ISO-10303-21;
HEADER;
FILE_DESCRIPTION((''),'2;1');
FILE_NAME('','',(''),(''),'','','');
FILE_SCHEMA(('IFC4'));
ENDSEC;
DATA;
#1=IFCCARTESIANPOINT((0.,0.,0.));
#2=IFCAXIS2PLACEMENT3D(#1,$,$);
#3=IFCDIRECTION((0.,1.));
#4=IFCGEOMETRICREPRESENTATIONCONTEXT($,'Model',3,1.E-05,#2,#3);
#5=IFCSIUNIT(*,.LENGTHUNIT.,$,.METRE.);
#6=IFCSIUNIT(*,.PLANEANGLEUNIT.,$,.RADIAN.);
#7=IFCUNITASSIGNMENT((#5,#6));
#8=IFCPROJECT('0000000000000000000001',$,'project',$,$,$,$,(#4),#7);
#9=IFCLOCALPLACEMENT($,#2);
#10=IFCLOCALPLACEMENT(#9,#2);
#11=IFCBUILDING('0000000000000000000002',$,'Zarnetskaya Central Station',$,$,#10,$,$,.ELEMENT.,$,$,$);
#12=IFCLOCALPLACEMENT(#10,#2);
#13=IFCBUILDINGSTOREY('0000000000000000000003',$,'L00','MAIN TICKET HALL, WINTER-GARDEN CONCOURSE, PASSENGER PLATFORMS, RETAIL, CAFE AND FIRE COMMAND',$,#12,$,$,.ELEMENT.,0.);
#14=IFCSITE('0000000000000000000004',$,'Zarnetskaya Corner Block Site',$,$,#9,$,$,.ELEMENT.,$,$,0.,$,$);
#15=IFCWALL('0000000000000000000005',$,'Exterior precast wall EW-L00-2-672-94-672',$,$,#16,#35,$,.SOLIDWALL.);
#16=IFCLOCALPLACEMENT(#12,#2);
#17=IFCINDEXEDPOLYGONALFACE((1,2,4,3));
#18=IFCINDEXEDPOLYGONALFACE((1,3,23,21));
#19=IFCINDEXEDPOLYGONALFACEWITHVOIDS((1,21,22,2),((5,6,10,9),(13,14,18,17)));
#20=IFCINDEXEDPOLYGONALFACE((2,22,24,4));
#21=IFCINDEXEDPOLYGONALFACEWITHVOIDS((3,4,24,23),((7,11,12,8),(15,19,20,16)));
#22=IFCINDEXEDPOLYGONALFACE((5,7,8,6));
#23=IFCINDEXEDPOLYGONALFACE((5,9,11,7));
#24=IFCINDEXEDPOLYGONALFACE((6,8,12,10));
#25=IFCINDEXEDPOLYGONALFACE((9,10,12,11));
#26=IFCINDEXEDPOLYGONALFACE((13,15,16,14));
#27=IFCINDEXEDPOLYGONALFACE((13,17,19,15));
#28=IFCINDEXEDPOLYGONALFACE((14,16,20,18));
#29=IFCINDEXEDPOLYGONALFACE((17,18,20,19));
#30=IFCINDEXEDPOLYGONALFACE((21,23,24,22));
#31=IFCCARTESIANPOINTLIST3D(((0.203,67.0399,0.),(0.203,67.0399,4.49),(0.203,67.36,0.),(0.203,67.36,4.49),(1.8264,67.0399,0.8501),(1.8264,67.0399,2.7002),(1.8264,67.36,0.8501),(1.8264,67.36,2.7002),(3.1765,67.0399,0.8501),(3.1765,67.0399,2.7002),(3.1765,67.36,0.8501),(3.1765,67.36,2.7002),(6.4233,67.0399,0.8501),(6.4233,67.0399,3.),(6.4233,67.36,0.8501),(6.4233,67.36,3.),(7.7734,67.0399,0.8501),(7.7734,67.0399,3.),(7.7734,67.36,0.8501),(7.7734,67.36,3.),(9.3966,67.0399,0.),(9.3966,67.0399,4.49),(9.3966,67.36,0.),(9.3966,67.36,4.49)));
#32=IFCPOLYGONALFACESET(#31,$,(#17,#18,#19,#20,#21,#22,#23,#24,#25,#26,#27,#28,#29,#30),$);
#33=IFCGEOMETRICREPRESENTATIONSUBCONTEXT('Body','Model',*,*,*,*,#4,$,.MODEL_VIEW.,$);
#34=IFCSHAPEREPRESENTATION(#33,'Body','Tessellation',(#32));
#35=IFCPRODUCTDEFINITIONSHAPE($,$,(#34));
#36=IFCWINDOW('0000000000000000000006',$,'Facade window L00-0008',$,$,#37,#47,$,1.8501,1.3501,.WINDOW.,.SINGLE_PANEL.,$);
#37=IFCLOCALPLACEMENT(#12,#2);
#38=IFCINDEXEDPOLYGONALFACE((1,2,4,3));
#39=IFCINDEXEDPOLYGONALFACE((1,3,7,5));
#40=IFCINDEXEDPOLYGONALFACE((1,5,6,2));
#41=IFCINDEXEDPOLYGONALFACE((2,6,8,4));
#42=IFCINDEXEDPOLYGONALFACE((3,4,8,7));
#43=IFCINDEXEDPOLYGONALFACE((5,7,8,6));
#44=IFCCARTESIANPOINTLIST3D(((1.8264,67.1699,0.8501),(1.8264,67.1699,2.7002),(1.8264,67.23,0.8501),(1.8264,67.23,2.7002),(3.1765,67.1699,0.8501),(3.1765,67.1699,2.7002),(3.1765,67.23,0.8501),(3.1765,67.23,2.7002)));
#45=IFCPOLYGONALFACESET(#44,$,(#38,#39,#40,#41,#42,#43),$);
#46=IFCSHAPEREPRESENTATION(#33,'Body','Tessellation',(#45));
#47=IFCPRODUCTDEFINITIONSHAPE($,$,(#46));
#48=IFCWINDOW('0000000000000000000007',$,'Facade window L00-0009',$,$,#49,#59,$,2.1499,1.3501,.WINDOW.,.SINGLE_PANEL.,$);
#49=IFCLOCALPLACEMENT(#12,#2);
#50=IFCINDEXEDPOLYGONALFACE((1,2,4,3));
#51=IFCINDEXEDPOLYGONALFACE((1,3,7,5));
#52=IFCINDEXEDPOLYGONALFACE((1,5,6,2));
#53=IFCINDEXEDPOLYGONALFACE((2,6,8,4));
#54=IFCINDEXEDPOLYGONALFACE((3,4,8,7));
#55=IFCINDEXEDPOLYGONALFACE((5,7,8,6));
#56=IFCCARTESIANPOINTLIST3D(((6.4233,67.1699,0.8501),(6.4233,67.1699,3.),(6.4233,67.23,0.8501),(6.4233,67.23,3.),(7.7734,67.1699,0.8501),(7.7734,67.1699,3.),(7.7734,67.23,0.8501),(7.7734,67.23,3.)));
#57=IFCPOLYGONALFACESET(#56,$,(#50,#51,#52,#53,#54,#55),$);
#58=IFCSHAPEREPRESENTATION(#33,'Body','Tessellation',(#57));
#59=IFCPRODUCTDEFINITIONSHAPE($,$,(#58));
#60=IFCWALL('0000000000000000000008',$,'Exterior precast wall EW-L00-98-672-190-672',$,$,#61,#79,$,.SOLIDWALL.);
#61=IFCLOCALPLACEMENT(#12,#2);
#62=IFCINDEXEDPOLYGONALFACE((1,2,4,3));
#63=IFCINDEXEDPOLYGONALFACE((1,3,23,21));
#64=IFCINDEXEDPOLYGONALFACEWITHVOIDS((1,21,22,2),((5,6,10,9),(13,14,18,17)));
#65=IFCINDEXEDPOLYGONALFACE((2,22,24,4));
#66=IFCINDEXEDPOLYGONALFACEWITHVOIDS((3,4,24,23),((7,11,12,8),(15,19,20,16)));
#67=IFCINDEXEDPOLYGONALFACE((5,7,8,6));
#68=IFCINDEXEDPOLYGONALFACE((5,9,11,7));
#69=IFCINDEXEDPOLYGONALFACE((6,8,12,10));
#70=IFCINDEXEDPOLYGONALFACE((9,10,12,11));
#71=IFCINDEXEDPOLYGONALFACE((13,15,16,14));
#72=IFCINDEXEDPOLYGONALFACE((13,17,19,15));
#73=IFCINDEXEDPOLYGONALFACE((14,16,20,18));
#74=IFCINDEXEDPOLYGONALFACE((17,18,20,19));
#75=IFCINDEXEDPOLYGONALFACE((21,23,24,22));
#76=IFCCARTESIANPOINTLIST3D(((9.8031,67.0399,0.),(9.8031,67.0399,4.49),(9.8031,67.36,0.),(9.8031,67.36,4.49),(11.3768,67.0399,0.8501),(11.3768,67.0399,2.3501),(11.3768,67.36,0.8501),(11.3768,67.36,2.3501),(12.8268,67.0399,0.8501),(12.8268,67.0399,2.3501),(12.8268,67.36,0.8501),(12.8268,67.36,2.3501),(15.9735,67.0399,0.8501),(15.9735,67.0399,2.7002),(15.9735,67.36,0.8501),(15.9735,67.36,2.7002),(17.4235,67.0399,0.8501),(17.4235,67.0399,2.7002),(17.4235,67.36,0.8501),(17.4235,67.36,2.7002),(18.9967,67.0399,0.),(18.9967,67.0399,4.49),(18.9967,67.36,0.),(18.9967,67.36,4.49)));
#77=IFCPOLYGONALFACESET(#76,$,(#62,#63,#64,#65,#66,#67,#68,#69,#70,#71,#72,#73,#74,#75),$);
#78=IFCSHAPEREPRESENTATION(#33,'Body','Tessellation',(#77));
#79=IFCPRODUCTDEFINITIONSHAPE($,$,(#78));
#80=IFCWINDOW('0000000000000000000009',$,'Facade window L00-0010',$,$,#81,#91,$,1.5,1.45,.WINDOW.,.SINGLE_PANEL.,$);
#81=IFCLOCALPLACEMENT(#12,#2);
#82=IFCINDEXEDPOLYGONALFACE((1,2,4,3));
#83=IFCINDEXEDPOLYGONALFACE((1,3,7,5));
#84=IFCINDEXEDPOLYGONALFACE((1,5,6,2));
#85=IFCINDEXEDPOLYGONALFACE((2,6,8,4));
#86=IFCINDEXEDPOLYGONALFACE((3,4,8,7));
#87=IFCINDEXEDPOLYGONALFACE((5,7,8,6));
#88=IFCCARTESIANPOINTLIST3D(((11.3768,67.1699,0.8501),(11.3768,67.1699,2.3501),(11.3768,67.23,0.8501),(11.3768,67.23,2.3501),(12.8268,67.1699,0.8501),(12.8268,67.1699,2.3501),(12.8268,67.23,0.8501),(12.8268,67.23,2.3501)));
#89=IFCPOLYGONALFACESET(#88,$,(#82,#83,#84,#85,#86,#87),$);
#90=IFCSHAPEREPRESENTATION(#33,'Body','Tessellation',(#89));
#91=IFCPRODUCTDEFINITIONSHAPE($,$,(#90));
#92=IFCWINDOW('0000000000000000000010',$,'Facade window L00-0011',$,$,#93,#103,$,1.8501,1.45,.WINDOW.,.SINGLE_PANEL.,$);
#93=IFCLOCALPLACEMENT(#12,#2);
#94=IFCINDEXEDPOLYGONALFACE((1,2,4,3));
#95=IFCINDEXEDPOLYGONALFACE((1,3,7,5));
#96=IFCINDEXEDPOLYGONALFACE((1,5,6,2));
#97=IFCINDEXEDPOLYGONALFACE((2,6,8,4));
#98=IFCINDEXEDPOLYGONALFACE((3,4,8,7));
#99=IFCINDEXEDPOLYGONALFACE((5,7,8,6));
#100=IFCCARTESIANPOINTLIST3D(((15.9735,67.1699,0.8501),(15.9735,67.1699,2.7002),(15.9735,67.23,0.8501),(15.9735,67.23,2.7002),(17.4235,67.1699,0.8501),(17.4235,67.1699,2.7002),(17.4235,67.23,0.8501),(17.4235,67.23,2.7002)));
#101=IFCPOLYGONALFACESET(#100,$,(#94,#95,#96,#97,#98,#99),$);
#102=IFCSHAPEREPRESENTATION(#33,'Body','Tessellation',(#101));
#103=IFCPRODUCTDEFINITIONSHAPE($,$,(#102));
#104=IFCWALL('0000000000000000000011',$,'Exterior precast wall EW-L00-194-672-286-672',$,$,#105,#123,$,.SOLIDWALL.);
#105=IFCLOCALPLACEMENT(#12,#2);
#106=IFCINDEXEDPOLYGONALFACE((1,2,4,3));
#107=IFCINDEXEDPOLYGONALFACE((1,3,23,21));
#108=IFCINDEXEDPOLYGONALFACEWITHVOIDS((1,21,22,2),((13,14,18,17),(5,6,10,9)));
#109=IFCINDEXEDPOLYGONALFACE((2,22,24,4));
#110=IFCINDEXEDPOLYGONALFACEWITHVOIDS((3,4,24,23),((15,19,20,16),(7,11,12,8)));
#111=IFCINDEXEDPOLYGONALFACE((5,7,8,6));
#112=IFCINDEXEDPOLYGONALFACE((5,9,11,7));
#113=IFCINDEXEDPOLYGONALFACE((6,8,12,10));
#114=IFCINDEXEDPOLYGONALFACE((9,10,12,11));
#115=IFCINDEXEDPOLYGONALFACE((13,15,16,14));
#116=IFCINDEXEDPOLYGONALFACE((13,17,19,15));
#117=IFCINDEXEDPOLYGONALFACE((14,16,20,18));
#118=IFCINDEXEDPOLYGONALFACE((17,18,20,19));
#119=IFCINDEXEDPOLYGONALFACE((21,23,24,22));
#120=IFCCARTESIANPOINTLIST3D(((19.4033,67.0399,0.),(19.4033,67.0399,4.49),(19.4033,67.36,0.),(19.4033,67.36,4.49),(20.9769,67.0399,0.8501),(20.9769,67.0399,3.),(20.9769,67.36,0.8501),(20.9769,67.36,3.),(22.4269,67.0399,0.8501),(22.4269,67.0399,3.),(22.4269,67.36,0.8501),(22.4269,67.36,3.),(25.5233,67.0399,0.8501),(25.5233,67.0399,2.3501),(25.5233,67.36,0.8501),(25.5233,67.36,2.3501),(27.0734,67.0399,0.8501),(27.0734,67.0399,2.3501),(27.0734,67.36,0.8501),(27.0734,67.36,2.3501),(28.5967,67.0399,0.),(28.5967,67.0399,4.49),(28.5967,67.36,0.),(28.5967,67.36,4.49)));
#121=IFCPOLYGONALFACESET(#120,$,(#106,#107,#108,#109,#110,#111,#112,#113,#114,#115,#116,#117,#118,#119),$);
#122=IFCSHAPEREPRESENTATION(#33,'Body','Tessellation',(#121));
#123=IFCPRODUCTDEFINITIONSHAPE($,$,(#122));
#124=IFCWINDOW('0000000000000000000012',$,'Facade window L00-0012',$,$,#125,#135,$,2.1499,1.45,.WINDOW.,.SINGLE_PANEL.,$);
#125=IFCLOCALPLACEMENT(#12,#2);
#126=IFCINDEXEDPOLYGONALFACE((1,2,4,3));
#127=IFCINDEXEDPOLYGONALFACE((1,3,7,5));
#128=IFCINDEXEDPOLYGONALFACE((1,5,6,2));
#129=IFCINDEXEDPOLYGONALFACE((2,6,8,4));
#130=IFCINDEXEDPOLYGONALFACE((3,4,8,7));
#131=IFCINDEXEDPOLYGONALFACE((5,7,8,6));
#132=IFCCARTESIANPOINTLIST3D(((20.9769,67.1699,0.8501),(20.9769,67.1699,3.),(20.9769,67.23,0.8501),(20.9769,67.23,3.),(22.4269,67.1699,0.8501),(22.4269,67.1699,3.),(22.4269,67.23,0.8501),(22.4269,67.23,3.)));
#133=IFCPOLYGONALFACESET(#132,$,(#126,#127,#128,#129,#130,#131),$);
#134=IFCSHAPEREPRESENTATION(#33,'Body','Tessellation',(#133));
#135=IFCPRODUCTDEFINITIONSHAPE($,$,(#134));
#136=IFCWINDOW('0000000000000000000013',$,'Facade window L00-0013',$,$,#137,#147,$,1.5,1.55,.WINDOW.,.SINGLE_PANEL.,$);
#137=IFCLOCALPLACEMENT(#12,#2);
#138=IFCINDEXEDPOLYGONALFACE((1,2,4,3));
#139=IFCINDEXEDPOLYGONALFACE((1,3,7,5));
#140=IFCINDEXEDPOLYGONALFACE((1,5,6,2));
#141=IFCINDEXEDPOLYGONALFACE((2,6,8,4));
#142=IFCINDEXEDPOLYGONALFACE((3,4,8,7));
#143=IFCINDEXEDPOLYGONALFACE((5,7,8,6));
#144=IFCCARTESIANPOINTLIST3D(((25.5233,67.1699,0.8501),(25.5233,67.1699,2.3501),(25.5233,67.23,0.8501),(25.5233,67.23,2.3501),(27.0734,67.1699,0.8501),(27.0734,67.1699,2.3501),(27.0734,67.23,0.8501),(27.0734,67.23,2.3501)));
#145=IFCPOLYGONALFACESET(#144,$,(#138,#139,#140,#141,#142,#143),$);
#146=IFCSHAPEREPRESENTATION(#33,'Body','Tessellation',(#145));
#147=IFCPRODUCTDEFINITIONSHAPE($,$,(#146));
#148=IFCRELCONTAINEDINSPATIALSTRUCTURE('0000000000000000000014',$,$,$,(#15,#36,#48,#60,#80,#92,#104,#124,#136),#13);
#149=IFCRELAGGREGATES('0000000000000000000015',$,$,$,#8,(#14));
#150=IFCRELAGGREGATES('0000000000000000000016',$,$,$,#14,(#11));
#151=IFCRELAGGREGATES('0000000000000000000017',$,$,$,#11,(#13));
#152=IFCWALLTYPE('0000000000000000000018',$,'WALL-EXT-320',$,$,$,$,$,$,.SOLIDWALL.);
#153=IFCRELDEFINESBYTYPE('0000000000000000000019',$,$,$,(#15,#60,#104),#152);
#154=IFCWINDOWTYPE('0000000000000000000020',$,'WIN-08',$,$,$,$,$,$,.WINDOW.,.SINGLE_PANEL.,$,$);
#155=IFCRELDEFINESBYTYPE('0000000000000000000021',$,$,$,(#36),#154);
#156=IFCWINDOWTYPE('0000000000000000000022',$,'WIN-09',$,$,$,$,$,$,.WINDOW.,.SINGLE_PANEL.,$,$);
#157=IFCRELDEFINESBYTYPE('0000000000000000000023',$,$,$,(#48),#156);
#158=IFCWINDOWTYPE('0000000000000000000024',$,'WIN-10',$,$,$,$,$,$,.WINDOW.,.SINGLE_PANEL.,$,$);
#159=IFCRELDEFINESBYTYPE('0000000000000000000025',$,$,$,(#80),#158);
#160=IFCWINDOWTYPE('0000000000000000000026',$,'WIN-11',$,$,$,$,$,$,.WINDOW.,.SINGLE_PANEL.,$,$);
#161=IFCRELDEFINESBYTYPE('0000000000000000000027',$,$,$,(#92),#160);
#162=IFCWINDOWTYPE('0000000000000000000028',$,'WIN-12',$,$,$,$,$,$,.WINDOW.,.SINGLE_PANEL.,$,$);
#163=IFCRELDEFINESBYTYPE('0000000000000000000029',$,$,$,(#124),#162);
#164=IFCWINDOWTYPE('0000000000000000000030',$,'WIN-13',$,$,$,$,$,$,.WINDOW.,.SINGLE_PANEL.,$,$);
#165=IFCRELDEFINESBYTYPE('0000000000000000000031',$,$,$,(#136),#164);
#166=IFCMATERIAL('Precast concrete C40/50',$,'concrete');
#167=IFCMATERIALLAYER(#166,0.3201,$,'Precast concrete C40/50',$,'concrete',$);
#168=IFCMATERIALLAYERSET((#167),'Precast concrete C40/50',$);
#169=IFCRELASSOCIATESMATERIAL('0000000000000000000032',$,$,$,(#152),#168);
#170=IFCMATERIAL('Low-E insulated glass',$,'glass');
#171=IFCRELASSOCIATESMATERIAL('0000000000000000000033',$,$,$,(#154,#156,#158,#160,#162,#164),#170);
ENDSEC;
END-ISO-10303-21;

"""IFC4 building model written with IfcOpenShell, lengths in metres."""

from ifc_helpers import new_model, si_unit, direction, frame, frame_2d, origin, place, context, subcontext, project, spatial, rectangle, extrude, material, layer, layer_set, type_object, element, fill, save


model = new_model("IFC4")

# Units and contexts
model_context = context("Model", 3, precision=1e-05, world=origin(), true_north=direction((0.0, 1.0)))
body_context = subcontext(model_context, "Body", "Model", "MODEL_VIEW")
ifc_project = project(units=[si_unit("LENGTHUNIT", "METRE"), si_unit("PLANEANGLEUNIT", "RADIAN")], contexts=[model_context])

# Site, building, storey
site_placement = place(None, origin())
site = spatial("IfcSite", under=ifc_project, at=site_placement, Name="Zarnetskaya Corner Block Site", CompositionType="ELEMENT", RefElevation=0.0)
building_placement = place(site_placement, origin())
building = spatial("IfcBuilding", under=site, at=building_placement, Name="Zarnetskaya Central Station", CompositionType="ELEMENT")
storey_placement = place(building_placement, origin())
storey = spatial("IfcBuildingStorey", under=building, at=storey_placement, Name="L00", Description="MAIN TICKET HALL, WINTER-GARDEN CONCOURSE, PASSENGER PLATFORMS, RETAIL, CAFE AND FIRE COMMAND", CompositionType="ELEMENT", Elevation=0.0)

# Walls, openings, windows
ifc_material_1 = material(Name="Precast concrete C40/50", Category="concrete")
ifc_layer = layer(ifc_material_1, 0.3201, Name="Precast concrete C40/50", Category="concrete")
ifc_layer_set = layer_set([ifc_layer], Name="Precast concrete C40/50")
wall_type = type_object("IfcWallType", Name="WALL-EXT-320", PredefinedType="SOLIDWALL", material=ifc_layer_set)
wall_1_placement = place(storey_placement, frame((0.2031, 67.2, 0.0), z_axis=(0.0, 0.0, 1.0), x_axis=(1.0, 0.0, 0.0)))
wall_1 = element("IfcWall", 1, at=wall_1_placement, inside=storey, type_object=wall_type, Name="Exterior precast wall EW-L00-2-672-94-672", PredefinedType="SOLIDWALL", context=body_context, shape_type="SweptSolid", body=[
    extrude(rectangle(XDim=9.1936, YDim=0.3201, at=frame_2d((4.5967, 0.0))), origin(), (0.0, 0.0, 1.0), 4.49),
])
opening_1_placement = place(wall_1_placement, frame((1.6233, 0.0, 0.8501)))
opening_1 = element("IfcOpeningElement", 2, at=opening_1_placement, cuts=wall_1, PredefinedType="OPENING", context=body_context, shape_type="SweptSolid", body=[
    extrude(rectangle(XDim=1.3501, YDim=1.8501, at=frame_2d((0.675, 0.925))), frame((0.0, 0.1699, 0.0), z_axis=(0.0, -1.0, 0.0), x_axis=(1.0, 0.0, 0.0)), (0.0, 0.0, 1.0), 0.3401),
])
opening_2_placement = place(wall_1_placement, frame((6.2202, 0.0, 0.8501)))
opening_2 = element("IfcOpeningElement", 3, at=opening_2_placement, cuts=wall_1, PredefinedType="OPENING", context=body_context, shape_type="SweptSolid", body=[
    extrude(rectangle(XDim=1.3501, YDim=2.1499, at=frame_2d((0.675, 1.075))), frame((0.0, 0.1699, 0.0), z_axis=(0.0, -1.0, 0.0), x_axis=(1.0, 0.0, 0.0)), (0.0, 0.0, 1.0), 0.3401),
])
ifc_material_2 = material(Name="Low-E insulated glass", Category="glass")
window_type_1 = type_object("IfcWindowType", Name="WIN-08", PartitioningType="SINGLE_PANEL", PredefinedType="WINDOW", material=ifc_material_2)
window_1_placement = place(opening_1_placement, origin())
window_1 = element("IfcWindow", 4, at=window_1_placement, inside=storey, type_object=window_type_1, Name="Facade window L00-0008", OverallHeight=1.8501, OverallWidth=1.3501, PartitioningType="SINGLE_PANEL", PredefinedType="WINDOW", context=body_context, shape_type="SweptSolid", body=[
    extrude(rectangle(XDim=1.3501, YDim=1.8501, at=frame_2d((0.675, 0.925))), frame((0.0, 0.03, 0.0), z_axis=(0.0, -1.0, 0.0), x_axis=(1.0, 0.0, 0.0)), (0.0, 0.0, 1.0), 0.0601),
])
fill(opening_1, window_1)
window_type_2 = type_object("IfcWindowType", Name="WIN-09", PartitioningType="SINGLE_PANEL", PredefinedType="WINDOW", material=ifc_material_2)
window_2_placement = place(opening_2_placement, origin())
window_2 = element("IfcWindow", 5, at=window_2_placement, inside=storey, type_object=window_type_2, Name="Facade window L00-0009", OverallHeight=2.1499, OverallWidth=1.3501, PartitioningType="SINGLE_PANEL", PredefinedType="WINDOW", context=body_context, shape_type="SweptSolid", body=[
    extrude(rectangle(XDim=1.3501, YDim=2.1499, at=frame_2d((0.675, 1.075))), frame((0.0, 0.03, 0.0), z_axis=(0.0, -1.0, 0.0), x_axis=(1.0, 0.0, 0.0)), (0.0, 0.0, 1.0), 0.0601),
])
fill(opening_2, window_2)
wall_2_placement = place(storey_placement, frame((9.8032, 67.2, 0.0), z_axis=(0.0, 0.0, 1.0), x_axis=(1.0, 0.0, 0.0)))
wall_2 = element("IfcWall", 6, at=wall_2_placement, inside=storey, type_object=wall_type, Name="Exterior precast wall EW-L00-98-672-190-672", PredefinedType="SOLIDWALL", context=body_context, shape_type="SweptSolid", body=[
    extrude(rectangle(XDim=9.1936, YDim=0.3201, at=frame_2d((4.5967, 0.0))), origin(), (0.0, 0.0, 1.0), 4.49),
])
opening_3_placement = place(wall_2_placement, frame((1.5735, 0.0, 0.8501)))
opening_3 = element("IfcOpeningElement", 7, at=opening_3_placement, cuts=wall_2, PredefinedType="OPENING", context=body_context, shape_type="SweptSolid", body=[
    extrude(rectangle(XDim=1.45, YDim=1.5, at=frame_2d((0.7251, 0.75))), frame((0.0, 0.1699, 0.0), z_axis=(0.0, -1.0, 0.0), x_axis=(1.0, 0.0, 0.0)), (0.0, 0.0, 1.0), 0.3401),
])
opening_4_placement = place(wall_2_placement, frame((6.1702, 0.0, 0.8501)))
opening_4 = element("IfcOpeningElement", 8, at=opening_4_placement, cuts=wall_2, PredefinedType="OPENING", context=body_context, shape_type="SweptSolid", body=[
    extrude(rectangle(XDim=1.45, YDim=1.8501, at=frame_2d((0.7251, 0.925))), frame((0.0, 0.1699, 0.0), z_axis=(0.0, -1.0, 0.0), x_axis=(1.0, 0.0, 0.0)), (0.0, 0.0, 1.0), 0.3401),
])
window_type_3 = type_object("IfcWindowType", Name="WIN-10", PartitioningType="SINGLE_PANEL", PredefinedType="WINDOW", material=ifc_material_2)
window_3_placement = place(opening_3_placement, origin())
window_3 = element("IfcWindow", 9, at=window_3_placement, inside=storey, type_object=window_type_3, Name="Facade window L00-0010", OverallHeight=1.5, OverallWidth=1.45, PartitioningType="SINGLE_PANEL", PredefinedType="WINDOW", context=body_context, shape_type="SweptSolid", body=[
    extrude(rectangle(XDim=1.45, YDim=1.5, at=frame_2d((0.7251, 0.75))), frame((0.0, 0.03, 0.0), z_axis=(0.0, -1.0, 0.0), x_axis=(1.0, 0.0, 0.0)), (0.0, 0.0, 1.0), 0.0601),
])
fill(opening_3, window_3)
window_type_4 = type_object("IfcWindowType", Name="WIN-11", PartitioningType="SINGLE_PANEL", PredefinedType="WINDOW", material=ifc_material_2)
window_4_placement = place(opening_4_placement, origin())
window_4 = element("IfcWindow", 10, at=window_4_placement, inside=storey, type_object=window_type_4, Name="Facade window L00-0011", OverallHeight=1.8501, OverallWidth=1.45, PartitioningType="SINGLE_PANEL", PredefinedType="WINDOW", context=body_context, shape_type="SweptSolid", body=[
    extrude(rectangle(XDim=1.45, YDim=1.8501, at=frame_2d((0.7251, 0.925))), frame((0.0, 0.03, 0.0), z_axis=(0.0, -1.0, 0.0), x_axis=(1.0, 0.0, 0.0)), (0.0, 0.0, 1.0), 0.0601),
])
fill(opening_4, window_4)
wall_3_placement = place(storey_placement, frame((19.4033, 67.2, 0.0), z_axis=(0.0, 0.0, 1.0), x_axis=(1.0, 0.0, 0.0)))
wall_3 = element("IfcWall", 11, at=wall_3_placement, inside=storey, type_object=wall_type, Name="Exterior precast wall EW-L00-194-672-286-672", PredefinedType="SOLIDWALL", context=body_context, shape_type="SweptSolid", body=[
    extrude(rectangle(XDim=9.1934, YDim=0.3201, at=frame_2d((4.5967, 0.0))), origin(), (0.0, 0.0, 1.0), 4.49),
])
opening_5_placement = place(wall_3_placement, frame((1.5735, 0.0, 0.8501)))
opening_5 = element("IfcOpeningElement", 12, at=opening_5_placement, cuts=wall_3, PredefinedType="OPENING", context=body_context, shape_type="SweptSolid", body=[
    extrude(rectangle(XDim=1.45, YDim=2.1499, at=frame_2d((0.7251, 1.075))), frame((0.0, 0.1699, 0.0), z_axis=(0.0, -1.0, 0.0), x_axis=(1.0, 0.0, 0.0)), (0.0, 0.0, 1.0), 0.3401),
])
opening_6_placement = place(wall_3_placement, frame((6.1201, 0.0, 0.8501)))
opening_6 = element("IfcOpeningElement", 13, at=opening_6_placement, cuts=wall_3, PredefinedType="OPENING", context=body_context, shape_type="SweptSolid", body=[
    extrude(rectangle(XDim=1.55, YDim=1.5, at=frame_2d((0.7749, 0.75))), frame((0.0, 0.1699, 0.0), z_axis=(0.0, -1.0, 0.0), x_axis=(1.0, 0.0, 0.0)), (0.0, 0.0, 1.0), 0.3401),
])
window_type_5 = type_object("IfcWindowType", Name="WIN-12", PartitioningType="SINGLE_PANEL", PredefinedType="WINDOW", material=ifc_material_2)
window_5_placement = place(opening_5_placement, origin())
window_5 = element("IfcWindow", 14, at=window_5_placement, inside=storey, type_object=window_type_5, Name="Facade window L00-0012", OverallHeight=2.1499, OverallWidth=1.45, PartitioningType="SINGLE_PANEL", PredefinedType="WINDOW", context=body_context, shape_type="SweptSolid", body=[
    extrude(rectangle(XDim=1.45, YDim=2.1499, at=frame_2d((0.7251, 1.075))), frame((0.0, 0.03, 0.0), z_axis=(0.0, -1.0, 0.0), x_axis=(1.0, 0.0, 0.0)), (0.0, 0.0, 1.0), 0.0601),
])
fill(opening_5, window_5)
window_type_6 = type_object("IfcWindowType", Name="WIN-13", PartitioningType="SINGLE_PANEL", PredefinedType="WINDOW", material=ifc_material_2)
window_6_placement = place(opening_6_placement, origin())
window_6 = element("IfcWindow", 15, at=window_6_placement, inside=storey, type_object=window_type_6, Name="Facade window L00-0013", OverallHeight=1.5, OverallWidth=1.55, PartitioningType="SINGLE_PANEL", PredefinedType="WINDOW", context=body_context, shape_type="SweptSolid", body=[
    extrude(rectangle(XDim=1.55, YDim=1.5, at=frame_2d((0.7749, 0.75))), frame((0.0, 0.03, 0.0), z_axis=(0.0, -1.0, 0.0), x_axis=(1.0, 0.0, 0.0)), (0.0, 0.0, 1.0), 0.0601),
])
fill(opening_6, window_6)

save(model, "model.ifc")
